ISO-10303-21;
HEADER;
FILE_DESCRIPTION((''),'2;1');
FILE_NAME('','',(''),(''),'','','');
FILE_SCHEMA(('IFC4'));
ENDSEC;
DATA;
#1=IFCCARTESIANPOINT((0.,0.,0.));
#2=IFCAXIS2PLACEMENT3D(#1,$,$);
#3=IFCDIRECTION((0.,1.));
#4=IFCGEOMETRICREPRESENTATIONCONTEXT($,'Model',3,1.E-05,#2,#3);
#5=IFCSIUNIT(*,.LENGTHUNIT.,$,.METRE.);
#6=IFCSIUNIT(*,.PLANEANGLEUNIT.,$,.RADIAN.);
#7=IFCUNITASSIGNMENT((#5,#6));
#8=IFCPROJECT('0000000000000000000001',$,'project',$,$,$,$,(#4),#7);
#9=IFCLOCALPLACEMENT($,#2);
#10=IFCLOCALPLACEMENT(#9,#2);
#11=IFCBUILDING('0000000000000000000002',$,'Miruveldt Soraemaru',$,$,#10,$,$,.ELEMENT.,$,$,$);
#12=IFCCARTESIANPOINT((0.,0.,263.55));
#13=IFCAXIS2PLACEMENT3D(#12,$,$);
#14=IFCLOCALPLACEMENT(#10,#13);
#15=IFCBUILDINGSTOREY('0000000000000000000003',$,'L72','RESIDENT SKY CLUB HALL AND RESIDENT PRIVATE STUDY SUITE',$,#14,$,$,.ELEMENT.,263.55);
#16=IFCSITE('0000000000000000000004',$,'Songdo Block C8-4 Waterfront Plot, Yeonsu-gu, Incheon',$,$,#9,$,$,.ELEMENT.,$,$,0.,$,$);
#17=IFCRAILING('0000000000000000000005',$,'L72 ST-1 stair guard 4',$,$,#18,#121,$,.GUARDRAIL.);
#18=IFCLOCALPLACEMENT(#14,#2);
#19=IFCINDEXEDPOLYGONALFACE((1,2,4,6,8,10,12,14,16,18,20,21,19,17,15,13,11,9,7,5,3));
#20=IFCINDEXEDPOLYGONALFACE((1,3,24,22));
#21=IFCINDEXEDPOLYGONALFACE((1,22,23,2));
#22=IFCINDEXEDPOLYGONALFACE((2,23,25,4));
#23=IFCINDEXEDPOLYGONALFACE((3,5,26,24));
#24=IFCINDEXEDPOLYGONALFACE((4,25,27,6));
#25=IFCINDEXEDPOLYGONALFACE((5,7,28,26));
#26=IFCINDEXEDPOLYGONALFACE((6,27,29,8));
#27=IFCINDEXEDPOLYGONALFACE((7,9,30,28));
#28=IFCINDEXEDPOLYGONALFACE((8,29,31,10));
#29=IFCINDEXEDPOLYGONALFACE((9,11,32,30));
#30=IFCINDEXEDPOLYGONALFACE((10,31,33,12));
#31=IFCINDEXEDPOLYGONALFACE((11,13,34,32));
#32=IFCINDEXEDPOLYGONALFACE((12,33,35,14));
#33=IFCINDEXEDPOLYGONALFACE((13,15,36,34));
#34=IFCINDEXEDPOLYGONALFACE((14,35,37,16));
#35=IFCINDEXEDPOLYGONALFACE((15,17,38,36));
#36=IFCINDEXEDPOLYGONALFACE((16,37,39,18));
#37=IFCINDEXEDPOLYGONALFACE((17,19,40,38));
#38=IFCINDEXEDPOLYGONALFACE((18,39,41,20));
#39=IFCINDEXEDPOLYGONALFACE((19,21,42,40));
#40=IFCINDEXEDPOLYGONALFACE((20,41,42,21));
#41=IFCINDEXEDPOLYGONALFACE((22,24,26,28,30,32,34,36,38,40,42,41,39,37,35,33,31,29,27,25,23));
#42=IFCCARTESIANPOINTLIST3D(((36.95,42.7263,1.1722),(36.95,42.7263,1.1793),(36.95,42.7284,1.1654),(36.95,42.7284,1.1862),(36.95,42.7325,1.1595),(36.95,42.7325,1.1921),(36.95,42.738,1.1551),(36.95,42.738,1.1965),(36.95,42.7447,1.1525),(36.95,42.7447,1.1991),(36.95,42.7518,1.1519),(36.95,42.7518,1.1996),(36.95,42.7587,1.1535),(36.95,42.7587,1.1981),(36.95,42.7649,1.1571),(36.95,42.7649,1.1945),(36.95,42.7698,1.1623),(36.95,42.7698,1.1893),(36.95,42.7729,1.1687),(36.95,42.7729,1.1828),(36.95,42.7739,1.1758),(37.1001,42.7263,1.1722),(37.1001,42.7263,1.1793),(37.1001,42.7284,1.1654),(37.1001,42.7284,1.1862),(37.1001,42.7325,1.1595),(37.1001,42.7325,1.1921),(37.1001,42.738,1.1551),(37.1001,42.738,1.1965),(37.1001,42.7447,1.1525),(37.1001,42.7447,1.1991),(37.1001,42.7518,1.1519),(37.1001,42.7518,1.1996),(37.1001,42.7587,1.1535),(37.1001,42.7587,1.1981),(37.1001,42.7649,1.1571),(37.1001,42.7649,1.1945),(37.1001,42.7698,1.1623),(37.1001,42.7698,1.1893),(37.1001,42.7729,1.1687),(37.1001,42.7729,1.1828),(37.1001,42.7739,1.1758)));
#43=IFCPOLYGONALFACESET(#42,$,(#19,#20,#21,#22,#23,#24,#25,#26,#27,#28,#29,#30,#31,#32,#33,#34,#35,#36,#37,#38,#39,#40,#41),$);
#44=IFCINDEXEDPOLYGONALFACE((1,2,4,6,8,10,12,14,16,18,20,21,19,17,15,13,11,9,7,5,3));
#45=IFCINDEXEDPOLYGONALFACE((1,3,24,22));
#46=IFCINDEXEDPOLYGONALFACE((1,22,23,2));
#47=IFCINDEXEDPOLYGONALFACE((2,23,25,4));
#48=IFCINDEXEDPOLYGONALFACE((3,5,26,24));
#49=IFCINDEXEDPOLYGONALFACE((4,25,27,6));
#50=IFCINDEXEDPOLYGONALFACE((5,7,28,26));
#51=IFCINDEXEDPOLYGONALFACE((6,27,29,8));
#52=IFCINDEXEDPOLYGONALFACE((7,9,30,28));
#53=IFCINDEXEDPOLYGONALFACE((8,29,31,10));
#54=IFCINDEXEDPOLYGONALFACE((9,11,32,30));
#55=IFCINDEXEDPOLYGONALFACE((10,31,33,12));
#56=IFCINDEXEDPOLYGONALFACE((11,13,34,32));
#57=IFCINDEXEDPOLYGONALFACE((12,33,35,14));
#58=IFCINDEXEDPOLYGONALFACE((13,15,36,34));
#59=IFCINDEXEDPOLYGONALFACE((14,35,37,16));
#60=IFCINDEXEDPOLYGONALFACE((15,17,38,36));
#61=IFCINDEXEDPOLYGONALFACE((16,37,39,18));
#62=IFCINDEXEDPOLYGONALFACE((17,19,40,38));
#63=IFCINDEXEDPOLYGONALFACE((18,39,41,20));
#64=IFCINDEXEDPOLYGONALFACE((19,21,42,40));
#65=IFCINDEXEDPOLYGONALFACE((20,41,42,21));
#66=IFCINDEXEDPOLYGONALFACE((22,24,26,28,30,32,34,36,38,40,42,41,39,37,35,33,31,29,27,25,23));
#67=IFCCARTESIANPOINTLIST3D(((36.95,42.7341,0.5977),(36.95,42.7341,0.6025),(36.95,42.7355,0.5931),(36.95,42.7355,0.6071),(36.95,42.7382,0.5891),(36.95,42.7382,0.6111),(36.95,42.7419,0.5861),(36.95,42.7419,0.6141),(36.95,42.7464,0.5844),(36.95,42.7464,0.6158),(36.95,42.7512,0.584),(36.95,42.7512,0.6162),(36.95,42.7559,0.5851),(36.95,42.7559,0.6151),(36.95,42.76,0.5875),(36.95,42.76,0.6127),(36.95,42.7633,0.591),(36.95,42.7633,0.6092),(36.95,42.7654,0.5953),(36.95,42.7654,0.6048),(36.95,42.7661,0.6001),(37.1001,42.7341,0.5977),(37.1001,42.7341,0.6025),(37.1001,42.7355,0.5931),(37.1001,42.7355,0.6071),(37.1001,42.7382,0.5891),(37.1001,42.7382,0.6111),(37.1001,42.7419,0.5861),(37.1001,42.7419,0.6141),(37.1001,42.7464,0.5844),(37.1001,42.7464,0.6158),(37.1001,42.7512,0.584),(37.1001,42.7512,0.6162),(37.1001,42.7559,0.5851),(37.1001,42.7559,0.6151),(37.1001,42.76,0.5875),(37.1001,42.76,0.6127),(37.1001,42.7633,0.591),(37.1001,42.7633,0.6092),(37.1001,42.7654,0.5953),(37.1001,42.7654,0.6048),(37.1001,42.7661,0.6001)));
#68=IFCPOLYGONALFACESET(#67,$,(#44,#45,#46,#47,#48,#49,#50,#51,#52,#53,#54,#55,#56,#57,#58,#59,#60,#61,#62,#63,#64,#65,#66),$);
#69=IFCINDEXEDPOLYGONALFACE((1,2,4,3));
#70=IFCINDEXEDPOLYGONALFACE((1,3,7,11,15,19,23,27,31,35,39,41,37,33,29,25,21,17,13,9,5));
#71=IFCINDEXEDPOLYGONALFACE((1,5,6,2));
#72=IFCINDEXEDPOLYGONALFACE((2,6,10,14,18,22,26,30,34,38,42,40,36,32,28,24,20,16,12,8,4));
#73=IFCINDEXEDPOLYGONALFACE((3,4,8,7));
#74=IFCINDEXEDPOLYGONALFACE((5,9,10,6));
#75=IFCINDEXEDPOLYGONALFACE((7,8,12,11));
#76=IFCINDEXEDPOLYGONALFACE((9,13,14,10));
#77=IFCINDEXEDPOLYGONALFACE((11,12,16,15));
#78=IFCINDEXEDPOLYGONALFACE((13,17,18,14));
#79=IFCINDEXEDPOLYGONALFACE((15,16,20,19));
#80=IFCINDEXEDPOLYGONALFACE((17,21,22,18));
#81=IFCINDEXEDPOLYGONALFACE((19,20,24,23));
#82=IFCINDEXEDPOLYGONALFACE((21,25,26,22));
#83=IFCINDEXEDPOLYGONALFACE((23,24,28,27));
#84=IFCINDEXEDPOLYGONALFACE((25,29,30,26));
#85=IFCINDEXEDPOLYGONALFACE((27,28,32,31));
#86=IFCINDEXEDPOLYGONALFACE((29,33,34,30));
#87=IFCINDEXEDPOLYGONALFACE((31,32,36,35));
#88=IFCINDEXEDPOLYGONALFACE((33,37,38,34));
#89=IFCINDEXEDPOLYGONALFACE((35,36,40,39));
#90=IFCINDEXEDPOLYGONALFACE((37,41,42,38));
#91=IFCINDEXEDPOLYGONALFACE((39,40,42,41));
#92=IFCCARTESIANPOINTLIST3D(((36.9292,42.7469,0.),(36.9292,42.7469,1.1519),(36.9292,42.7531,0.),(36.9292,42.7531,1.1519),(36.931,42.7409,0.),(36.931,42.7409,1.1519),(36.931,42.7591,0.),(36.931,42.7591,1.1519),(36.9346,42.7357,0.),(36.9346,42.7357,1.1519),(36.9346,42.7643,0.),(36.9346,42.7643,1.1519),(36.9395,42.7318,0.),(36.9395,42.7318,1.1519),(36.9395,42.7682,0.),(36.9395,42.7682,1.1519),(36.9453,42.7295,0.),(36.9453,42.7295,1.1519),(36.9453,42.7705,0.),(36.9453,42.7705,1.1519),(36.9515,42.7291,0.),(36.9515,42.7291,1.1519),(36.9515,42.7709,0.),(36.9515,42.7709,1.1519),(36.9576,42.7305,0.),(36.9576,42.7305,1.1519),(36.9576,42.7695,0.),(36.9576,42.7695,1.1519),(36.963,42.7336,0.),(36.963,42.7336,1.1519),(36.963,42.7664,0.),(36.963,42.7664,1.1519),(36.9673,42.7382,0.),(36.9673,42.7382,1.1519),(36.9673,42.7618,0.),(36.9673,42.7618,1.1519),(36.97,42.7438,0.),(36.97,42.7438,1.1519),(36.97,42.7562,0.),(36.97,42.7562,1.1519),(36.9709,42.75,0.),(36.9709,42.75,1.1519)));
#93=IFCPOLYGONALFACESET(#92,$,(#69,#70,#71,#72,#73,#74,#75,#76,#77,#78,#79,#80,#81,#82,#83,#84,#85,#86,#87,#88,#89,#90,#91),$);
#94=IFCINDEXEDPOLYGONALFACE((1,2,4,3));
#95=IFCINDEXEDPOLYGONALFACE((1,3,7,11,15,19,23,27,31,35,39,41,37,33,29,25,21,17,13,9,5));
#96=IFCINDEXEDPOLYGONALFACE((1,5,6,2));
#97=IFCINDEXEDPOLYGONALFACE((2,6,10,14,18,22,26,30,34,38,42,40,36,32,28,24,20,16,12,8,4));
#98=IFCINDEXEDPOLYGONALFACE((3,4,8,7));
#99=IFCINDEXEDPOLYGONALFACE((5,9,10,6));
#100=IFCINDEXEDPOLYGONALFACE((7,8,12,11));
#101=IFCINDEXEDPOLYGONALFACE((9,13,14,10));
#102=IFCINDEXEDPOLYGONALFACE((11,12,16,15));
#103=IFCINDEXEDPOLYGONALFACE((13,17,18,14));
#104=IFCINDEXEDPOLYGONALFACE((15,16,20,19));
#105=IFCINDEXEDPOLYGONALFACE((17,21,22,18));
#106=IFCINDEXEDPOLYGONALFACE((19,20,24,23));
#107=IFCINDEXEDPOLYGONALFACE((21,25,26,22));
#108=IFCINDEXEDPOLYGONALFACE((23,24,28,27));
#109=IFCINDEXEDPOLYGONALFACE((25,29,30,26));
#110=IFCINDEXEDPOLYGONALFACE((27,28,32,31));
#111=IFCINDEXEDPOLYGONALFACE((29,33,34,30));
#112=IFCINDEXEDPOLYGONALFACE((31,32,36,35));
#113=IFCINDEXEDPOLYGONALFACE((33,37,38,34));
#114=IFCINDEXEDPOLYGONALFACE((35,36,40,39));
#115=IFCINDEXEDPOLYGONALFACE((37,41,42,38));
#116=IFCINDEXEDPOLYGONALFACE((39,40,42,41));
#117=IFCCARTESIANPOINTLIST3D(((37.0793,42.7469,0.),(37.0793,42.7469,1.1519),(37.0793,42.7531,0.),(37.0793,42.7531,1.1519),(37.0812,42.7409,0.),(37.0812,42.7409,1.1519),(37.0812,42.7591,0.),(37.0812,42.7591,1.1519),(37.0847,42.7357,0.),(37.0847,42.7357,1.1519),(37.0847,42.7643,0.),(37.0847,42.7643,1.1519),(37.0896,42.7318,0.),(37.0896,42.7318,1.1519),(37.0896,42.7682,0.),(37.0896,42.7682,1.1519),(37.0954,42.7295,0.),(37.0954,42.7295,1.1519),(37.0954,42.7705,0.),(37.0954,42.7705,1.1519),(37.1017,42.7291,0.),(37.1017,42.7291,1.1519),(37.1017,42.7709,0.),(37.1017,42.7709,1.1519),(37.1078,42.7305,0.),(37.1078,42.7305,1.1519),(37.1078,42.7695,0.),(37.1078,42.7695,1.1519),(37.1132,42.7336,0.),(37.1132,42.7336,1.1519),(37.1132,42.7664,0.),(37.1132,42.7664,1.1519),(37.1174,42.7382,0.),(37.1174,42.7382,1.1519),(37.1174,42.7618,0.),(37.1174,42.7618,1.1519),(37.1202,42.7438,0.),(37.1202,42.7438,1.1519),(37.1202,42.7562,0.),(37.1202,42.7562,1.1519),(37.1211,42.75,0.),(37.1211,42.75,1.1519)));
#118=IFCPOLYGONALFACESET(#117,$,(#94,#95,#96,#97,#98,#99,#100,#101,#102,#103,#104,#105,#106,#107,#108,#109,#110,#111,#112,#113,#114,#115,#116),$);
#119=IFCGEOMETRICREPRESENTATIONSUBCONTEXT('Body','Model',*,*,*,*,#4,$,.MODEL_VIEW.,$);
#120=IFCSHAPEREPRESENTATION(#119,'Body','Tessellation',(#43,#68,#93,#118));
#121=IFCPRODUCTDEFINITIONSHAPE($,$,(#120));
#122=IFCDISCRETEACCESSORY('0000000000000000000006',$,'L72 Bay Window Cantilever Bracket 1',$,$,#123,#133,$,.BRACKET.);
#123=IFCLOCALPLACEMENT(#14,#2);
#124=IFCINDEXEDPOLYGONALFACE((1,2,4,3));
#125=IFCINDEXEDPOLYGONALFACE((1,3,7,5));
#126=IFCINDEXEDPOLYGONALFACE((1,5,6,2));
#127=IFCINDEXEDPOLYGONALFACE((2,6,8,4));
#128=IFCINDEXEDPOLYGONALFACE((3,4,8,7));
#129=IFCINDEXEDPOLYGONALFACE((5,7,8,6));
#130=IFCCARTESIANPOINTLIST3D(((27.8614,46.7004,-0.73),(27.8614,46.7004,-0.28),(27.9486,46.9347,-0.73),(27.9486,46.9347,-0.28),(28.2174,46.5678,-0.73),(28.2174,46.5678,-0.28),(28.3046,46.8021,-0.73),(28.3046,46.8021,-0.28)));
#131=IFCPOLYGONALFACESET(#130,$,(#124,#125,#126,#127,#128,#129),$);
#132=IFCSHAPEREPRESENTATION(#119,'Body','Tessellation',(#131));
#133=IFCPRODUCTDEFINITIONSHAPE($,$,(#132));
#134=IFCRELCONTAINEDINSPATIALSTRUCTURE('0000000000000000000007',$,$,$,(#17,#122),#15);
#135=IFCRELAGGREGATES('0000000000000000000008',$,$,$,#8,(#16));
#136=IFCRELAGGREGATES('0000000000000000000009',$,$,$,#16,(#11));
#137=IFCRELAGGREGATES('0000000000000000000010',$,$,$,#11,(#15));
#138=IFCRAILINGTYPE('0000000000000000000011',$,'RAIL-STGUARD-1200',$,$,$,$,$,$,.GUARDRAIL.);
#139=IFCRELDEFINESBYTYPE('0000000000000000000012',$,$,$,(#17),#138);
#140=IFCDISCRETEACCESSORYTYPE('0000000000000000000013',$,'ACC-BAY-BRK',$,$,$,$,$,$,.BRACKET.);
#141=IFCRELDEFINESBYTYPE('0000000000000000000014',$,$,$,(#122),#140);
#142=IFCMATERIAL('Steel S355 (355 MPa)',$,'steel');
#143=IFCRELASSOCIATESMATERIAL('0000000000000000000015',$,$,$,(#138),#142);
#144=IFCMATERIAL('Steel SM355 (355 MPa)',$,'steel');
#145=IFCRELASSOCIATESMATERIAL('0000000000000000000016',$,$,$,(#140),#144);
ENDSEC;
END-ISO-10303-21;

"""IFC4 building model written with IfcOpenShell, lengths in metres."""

from ifc_helpers import new_model, si_unit, direction, frame, origin, origin_2d, place, context, subcontext, project, spatial, rectangle, circle, extrude, material, type_object, element, save


model = new_model("IFC4")

# Units and contexts
model_context = context("Model", 3, precision=1e-05, world=origin(), true_north=direction((0.0, 1.0)))
body_context = subcontext(model_context, "Body", "Model", "MODEL_VIEW")
ifc_project = project(units=[si_unit("LENGTHUNIT", "METRE"), si_unit("PLANEANGLEUNIT", "RADIAN")], contexts=[model_context])

# Site, building, storey
site_placement = place(None, origin())
site = spatial("IfcSite", under=ifc_project, at=site_placement, Name="Songdo Block C8-4 Waterfront Plot, Yeonsu-gu, Incheon", CompositionType="ELEMENT", RefElevation=0.0)
building_placement = place(site_placement, origin())
building = spatial("IfcBuilding", under=site, at=building_placement, Name="Miruveldt Soraemaru", CompositionType="ELEMENT")
storey_placement = place(building_placement, frame((0.0, 0.0, 263.55)))
storey = spatial("IfcBuildingStorey", under=building, at=storey_placement, Name="L72", Description="RESIDENT SKY CLUB HALL AND RESIDENT PRIVATE STUDY SUITE", CompositionType="ELEMENT", Elevation=263.55)

# Railing
ifc_material_1 = material(Name="Steel S355 (355 MPa)", Category="steel")
railing_type_1 = type_object("IfcRailingType", Name="RAIL-STGUARD-1200", PredefinedType="GUARDRAIL", material=ifc_material_1)
railing_1_placement = place(storey_placement, frame((36.95, 42.75, 0.0)))
element("IfcRailing", 1, at=railing_1_placement, inside=storey, type_object=railing_type_1, Name="L72 ST-1 stair guard 4", PredefinedType="GUARDRAIL", context=body_context, shape_type="SweptSolid", body=[
    extrude(circle(Radius=0.0239, at=origin_2d()), frame((0.0, 0.0, 1.1758), z_axis=(1.0, 0.0, 0.0), x_axis=(0.0, 1.0, 0.0)), (0.0, 0.0, 1.0), 0.1501),
    extrude(circle(Radius=0.0161, at=origin_2d()), frame((0.0, 0.0, 0.6001), z_axis=(1.0, 0.0, 0.0), x_axis=(0.0, 1.0, 0.0)), (0.0, 0.0, 1.0), 0.1501),
    extrude(circle(Radius=0.021, at=origin_2d()), origin(), (0.0, 0.0, 1.0), 1.1519),
    extrude(circle(Radius=0.021, at=origin_2d()), frame((0.1501, 0.0, 0.0)), (0.0, 0.0, 1.0), 1.1519),
])

# Discrete accessory
ifc_material_2 = material(Name="Steel SM355 (355 MPa)", Category="steel")
discrete_accessory_type = type_object("IfcDiscreteAccessoryType", Name="ACC-BAY-BRK", PredefinedType="BRACKET", material=ifc_material_2)
discrete_accessory_placement = place(storey_placement, frame((28.083, 46.7512, -0.73), z_axis=(0.0, 0.0, 1.0), x_axis=(-0.937112, 0.34903, 0.0)))
element("IfcDiscreteAccessory", 2, at=discrete_accessory_placement, inside=storey, type_object=discrete_accessory_type, Name="L72 Bay Window Cantilever Bracket 1", PredefinedType="BRACKET", context=body_context, shape_type="SweptSolid", body=[
    extrude(rectangle(XDim=0.3799, YDim=0.25, at=origin_2d()), origin(), (0.0, 0.0, 1.0), 0.45),
])

save(model, "model.ifc")
